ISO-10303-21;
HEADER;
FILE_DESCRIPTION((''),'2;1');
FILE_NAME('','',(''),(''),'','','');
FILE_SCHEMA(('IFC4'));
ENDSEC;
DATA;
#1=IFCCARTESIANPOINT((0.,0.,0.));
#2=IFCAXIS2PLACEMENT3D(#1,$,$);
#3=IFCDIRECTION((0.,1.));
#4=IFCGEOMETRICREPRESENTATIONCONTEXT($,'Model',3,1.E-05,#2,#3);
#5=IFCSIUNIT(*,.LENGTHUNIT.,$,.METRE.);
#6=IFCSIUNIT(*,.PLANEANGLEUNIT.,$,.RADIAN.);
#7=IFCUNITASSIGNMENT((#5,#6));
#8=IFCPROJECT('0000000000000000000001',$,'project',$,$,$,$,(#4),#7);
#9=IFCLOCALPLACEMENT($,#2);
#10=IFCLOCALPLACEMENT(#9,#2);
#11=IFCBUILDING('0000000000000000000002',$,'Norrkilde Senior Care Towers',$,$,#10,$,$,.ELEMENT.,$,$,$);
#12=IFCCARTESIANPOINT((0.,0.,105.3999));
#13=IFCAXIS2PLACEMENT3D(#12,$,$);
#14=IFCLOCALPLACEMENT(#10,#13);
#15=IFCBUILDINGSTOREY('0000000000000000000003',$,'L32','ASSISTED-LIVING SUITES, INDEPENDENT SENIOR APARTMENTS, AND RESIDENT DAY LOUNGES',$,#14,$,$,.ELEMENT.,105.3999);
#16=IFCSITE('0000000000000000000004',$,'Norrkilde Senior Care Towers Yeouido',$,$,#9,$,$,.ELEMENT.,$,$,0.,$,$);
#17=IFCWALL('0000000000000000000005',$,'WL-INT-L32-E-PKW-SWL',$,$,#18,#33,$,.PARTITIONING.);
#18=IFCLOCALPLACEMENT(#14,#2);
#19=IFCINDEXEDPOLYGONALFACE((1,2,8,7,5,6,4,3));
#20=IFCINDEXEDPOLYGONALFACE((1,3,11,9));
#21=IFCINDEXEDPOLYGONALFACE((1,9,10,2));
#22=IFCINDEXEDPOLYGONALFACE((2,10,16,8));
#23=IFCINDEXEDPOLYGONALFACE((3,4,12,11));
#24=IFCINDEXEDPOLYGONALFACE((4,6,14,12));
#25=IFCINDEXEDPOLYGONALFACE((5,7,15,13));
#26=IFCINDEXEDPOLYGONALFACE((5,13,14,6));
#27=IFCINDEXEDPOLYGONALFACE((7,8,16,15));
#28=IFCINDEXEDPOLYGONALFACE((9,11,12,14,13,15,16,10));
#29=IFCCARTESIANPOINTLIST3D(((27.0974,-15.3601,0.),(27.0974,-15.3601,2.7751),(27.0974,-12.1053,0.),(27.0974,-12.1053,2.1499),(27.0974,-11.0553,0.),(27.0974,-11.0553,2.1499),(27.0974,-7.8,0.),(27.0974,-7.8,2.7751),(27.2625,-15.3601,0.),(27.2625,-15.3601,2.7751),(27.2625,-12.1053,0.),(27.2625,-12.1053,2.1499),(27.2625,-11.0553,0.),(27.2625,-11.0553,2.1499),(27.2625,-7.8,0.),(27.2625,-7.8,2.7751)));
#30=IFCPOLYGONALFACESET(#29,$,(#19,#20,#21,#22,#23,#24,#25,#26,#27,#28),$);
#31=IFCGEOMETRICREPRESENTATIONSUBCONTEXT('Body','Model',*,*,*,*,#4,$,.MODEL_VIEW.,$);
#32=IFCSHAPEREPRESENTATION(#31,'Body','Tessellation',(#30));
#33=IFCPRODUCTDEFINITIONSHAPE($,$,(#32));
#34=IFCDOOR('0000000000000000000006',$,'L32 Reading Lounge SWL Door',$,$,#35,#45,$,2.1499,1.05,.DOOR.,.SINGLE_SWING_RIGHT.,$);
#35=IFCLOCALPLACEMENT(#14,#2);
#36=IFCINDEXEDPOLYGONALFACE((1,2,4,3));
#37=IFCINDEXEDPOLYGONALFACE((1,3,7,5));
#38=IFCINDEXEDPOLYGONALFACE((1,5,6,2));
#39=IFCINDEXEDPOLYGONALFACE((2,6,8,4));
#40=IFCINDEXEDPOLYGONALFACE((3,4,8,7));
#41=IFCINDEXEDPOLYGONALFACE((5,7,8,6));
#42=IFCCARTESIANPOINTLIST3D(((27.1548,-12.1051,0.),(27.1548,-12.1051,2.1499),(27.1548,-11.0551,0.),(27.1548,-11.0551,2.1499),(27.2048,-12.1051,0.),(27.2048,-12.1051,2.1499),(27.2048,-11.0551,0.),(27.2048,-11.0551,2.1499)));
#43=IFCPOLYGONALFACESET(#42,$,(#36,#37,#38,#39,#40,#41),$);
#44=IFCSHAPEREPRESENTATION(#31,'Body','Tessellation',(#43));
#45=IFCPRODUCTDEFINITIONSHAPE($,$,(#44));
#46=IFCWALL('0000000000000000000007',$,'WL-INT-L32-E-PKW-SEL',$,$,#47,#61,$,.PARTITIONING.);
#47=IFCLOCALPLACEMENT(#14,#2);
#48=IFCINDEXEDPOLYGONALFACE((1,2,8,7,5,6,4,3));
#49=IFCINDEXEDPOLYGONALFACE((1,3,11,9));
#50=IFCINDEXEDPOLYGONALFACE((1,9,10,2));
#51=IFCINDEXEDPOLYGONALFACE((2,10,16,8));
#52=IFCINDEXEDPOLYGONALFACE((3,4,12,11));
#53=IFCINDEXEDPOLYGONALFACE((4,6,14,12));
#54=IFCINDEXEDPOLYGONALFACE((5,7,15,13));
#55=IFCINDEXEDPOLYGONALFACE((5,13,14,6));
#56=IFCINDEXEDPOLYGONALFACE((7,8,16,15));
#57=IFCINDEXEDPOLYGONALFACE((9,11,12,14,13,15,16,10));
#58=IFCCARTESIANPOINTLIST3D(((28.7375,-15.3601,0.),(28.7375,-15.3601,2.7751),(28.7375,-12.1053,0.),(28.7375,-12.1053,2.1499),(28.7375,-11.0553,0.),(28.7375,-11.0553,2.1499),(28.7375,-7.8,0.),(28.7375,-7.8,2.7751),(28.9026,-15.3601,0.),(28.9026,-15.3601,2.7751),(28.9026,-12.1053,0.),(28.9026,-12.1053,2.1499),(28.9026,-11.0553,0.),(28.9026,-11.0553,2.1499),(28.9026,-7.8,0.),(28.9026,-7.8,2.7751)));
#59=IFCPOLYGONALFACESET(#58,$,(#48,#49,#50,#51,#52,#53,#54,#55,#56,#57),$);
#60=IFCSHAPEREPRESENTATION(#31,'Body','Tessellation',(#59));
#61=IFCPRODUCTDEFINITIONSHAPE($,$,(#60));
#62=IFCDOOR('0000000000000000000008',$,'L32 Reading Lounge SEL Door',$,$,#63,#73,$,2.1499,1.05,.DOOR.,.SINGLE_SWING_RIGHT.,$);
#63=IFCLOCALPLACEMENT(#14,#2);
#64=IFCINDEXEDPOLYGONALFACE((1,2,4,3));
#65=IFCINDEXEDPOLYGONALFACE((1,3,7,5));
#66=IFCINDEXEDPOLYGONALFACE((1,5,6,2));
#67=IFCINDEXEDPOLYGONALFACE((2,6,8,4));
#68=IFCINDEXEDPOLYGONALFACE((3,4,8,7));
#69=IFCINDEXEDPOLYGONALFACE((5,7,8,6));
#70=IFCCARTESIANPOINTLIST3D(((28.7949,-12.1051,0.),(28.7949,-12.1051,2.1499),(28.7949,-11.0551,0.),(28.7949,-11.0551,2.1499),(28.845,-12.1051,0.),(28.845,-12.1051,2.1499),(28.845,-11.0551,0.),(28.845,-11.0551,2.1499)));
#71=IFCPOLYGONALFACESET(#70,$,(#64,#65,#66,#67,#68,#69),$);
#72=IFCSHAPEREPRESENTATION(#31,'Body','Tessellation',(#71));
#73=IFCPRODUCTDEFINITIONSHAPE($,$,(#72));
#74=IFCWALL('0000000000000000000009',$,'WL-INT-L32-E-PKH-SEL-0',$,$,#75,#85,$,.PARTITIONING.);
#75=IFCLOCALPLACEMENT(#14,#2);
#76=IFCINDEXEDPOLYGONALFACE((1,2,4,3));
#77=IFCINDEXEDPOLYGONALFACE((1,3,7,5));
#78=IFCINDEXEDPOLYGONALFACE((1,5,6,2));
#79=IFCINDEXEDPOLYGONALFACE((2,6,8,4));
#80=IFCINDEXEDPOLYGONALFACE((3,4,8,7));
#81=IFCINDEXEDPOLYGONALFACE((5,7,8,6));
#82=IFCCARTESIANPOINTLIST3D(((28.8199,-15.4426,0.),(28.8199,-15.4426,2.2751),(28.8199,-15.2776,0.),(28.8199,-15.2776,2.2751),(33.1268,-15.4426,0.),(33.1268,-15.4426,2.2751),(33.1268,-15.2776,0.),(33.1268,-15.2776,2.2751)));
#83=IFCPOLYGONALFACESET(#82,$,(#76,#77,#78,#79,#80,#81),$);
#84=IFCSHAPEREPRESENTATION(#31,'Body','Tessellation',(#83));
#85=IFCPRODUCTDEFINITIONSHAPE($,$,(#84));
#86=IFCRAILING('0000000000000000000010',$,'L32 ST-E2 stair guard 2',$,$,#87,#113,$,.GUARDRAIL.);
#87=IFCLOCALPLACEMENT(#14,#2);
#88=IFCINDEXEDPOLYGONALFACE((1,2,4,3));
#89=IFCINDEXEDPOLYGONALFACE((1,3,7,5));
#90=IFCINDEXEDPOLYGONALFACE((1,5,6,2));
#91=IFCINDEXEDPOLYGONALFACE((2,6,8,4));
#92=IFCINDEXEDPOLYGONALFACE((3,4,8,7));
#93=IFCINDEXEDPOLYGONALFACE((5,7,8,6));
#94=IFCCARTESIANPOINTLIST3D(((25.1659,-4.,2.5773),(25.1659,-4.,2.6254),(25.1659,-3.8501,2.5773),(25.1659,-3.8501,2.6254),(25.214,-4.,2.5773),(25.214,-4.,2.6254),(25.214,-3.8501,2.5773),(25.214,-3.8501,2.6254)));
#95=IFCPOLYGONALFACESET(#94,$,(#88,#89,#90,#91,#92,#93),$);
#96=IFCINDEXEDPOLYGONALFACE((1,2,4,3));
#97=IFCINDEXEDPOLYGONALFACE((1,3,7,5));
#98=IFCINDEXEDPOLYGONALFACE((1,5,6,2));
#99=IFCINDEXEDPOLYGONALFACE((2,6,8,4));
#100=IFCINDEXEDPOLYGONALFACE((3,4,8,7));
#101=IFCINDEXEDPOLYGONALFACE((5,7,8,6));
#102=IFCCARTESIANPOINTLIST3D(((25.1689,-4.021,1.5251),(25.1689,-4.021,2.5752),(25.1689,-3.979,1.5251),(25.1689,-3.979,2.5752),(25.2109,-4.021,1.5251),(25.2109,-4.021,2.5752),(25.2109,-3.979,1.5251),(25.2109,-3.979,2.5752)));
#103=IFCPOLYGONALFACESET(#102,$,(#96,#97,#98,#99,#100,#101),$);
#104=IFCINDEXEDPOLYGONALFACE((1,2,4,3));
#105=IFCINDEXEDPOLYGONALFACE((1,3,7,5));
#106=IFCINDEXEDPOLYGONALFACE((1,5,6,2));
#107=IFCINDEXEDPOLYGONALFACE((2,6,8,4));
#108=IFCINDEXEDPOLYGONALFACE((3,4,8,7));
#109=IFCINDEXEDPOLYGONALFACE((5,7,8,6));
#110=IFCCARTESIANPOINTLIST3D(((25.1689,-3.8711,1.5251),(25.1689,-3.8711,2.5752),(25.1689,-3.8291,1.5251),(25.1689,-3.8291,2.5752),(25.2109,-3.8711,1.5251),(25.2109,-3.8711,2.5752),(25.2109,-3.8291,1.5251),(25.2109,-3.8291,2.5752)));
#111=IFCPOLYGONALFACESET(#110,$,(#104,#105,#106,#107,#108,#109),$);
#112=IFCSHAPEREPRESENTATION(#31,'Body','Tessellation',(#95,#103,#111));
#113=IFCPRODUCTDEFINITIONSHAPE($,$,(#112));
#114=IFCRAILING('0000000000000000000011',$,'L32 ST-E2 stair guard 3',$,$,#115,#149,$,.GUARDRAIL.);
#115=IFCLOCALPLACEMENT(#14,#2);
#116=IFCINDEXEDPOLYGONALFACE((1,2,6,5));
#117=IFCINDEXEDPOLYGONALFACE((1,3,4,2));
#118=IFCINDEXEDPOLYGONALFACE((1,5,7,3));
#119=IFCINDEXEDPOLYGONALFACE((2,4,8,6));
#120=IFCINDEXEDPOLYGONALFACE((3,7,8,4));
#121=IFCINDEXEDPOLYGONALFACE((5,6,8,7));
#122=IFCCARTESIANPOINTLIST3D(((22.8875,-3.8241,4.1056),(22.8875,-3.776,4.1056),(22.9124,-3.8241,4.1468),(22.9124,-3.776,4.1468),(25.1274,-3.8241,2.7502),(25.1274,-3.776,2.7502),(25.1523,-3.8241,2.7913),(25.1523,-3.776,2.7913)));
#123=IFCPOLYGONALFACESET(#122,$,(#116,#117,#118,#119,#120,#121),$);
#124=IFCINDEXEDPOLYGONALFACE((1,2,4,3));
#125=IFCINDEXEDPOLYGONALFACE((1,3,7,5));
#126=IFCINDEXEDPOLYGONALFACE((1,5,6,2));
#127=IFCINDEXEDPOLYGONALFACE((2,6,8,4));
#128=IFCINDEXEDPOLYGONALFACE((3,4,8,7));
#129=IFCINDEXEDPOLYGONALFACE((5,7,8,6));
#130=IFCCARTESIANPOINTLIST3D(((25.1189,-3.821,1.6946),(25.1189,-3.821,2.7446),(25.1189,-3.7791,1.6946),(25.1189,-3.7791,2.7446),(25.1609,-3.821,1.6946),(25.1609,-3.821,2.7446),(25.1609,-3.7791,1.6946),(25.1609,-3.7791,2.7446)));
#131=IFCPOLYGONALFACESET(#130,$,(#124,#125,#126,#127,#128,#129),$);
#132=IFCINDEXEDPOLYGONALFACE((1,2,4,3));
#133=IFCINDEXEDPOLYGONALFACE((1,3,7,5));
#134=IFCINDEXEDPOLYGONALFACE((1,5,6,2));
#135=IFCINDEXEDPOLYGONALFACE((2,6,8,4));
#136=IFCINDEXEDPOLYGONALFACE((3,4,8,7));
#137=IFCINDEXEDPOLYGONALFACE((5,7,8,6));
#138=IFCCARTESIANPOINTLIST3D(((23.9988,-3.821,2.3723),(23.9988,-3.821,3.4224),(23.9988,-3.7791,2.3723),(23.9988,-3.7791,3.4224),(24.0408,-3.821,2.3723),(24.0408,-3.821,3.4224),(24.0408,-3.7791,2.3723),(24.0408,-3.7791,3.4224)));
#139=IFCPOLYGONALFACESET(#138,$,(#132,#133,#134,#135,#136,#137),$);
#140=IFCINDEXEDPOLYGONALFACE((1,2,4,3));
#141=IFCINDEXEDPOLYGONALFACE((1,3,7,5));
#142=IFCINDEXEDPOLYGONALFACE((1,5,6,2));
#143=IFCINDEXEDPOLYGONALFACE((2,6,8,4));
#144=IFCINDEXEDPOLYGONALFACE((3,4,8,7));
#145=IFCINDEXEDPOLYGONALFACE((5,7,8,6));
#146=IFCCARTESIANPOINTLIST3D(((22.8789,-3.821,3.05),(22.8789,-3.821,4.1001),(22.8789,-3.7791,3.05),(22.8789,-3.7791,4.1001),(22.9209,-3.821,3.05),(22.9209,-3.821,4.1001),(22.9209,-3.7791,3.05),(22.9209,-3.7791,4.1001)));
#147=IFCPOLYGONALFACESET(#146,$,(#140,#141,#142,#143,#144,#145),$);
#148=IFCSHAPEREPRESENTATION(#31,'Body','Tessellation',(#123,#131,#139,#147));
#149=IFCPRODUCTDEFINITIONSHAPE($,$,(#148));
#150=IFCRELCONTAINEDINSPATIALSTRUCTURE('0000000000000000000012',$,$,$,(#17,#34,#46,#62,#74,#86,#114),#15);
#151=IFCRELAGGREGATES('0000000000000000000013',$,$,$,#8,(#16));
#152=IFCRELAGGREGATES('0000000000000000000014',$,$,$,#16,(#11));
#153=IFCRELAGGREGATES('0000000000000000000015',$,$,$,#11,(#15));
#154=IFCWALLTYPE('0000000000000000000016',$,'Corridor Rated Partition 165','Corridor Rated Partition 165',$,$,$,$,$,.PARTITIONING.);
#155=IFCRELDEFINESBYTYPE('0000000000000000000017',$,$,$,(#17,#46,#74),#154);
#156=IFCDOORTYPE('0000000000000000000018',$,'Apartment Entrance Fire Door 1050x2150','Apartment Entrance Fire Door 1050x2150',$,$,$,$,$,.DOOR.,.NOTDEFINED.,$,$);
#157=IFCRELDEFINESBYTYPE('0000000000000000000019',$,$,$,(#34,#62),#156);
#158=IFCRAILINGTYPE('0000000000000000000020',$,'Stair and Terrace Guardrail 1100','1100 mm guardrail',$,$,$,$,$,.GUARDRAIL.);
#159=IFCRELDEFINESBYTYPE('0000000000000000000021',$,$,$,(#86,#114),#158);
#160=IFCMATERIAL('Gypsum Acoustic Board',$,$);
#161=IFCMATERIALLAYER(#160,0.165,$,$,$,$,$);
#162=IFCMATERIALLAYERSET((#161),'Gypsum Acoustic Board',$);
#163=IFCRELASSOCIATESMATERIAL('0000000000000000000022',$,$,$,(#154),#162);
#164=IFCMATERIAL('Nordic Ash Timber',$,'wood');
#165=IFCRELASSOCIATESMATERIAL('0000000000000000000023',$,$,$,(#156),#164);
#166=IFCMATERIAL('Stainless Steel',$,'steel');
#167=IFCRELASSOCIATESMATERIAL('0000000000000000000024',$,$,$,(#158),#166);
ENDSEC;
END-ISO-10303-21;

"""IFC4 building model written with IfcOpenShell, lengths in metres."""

from ifc_helpers import new_model, si_unit, direction, frame, frame_2d, origin, origin_2d, place, context, subcontext, project, spatial, rectangle, extrude, source, transform, mapped, material, layer, layer_set, type_object, type_shapes, element, fill, save


model = new_model("IFC4")

# Units and contexts
model_context = context("Model", 3, precision=1e-05, world=origin(), true_north=direction((0.0, 1.0)))
body_context = subcontext(model_context, "Body", "Model", "MODEL_VIEW")
ifc_project = project(units=[si_unit("LENGTHUNIT", "METRE"), si_unit("PLANEANGLEUNIT", "RADIAN")], contexts=[model_context])

# Site, building, storey
site_placement = place(None, origin())
site = spatial("IfcSite", under=ifc_project, at=site_placement, Name="Norrkilde Senior Care Towers Yeouido", CompositionType="ELEMENT", RefElevation=0.0)
building_placement = place(site_placement, origin())
building = spatial("IfcBuilding", under=site, at=building_placement, Name="Norrkilde Senior Care Towers", CompositionType="ELEMENT")
storey_placement = place(building_placement, frame((0.0, 0.0, 105.3999)))
storey = spatial("IfcBuildingStorey", under=building, at=storey_placement, Name="L32", Description="ASSISTED-LIVING SUITES, INDEPENDENT SENIOR APARTMENTS, AND RESIDENT DAY LOUNGES", CompositionType="ELEMENT", Elevation=105.3999)

# Shared definitions
ifc_material_1 = material(Name="Gypsum Acoustic Board")

# Shared definitions
ifc_layer_1 = layer(ifc_material_1, 0.165)
ifc_layer_set_1 = layer_set([ifc_layer_1], Name="Gypsum Acoustic Board")
wall_type_1 = type_object("IfcWallType", Name="Corridor Rated Partition 165", Description="Corridor Rated Partition 165", PredefinedType="PARTITIONING", material=ifc_layer_set_1)
ifc_material_2 = material(Name="Nordic Ash Timber", Category="wood")
door_type = type_object("IfcDoorType", Name="Apartment Entrance Fire Door 1050x2150", Description="Apartment Entrance Fire Door 1050x2150", OperationType="NOTDEFINED", PredefinedType="DOOR", material=ifc_material_2)
shared_shape_1 = source(origin(), body_context, "Body", "SweptSolid", [
    extrude(rectangle(XDim=1.05, YDim=2.1499, at=frame_2d((0.5249, 1.075))), frame((0.0, 0.0249, 0.0), z_axis=(0.0, -1.0, 0.0), x_axis=(1.0, 0.0, 0.0)), (0.0, 0.0, 1.0), 0.05),
])
type_shapes(door_type, [shared_shape_1])

# Walls, openings, doors
shared_shape_2 = source(origin(), body_context, "Body", "SweptSolid", [
    extrude(rectangle(XDim=7.5601, YDim=0.165, at=frame_2d((3.78, 0.0))), origin(), (0.0, 0.0, 1.0), 2.7751),
])
wall_1_placement = place(storey_placement, frame((27.1799, -15.3601, 0.0), z_axis=(0.0, 0.0, 1.0), x_axis=(0.0, 1.0, 0.0)))
wall_1 = element("IfcWall", 1, at=wall_1_placement, inside=storey, type_object=wall_type_1, Name="WL-INT-L32-E-PKW-SWL", PredefinedType="PARTITIONING", context=body_context, shape_type="MappedRepresentation", body=[
    mapped(shared_shape_2, transform((0.0, 0.0, 0.0), x_axis=(1.0, 0.0, 0.0), y_axis=(0.0, 1.0, 0.0), z_axis=(0.0, 0.0, 1.0), scale=1.0)),
])
opening_1_placement = place(wall_1_placement, frame((3.2549, 0.0, 0.0)))
opening_1 = element("IfcOpeningElement", 2, at=opening_1_placement, cuts=wall_1, PredefinedType="OPENING", context=body_context, shape_type="SweptSolid", body=[
    extrude(rectangle(XDim=1.05, YDim=2.1499, at=frame_2d((0.5249, 1.075))), frame((0.0, 0.0925, 0.0), z_axis=(0.0, -1.0, 0.0), x_axis=(1.0, 0.0, 0.0)), (0.0, 0.0, 1.0), 0.1851),
])
door_1_placement = place(opening_1_placement, frame((1.05, 0.0, 0.0), z_axis=(0.0, 0.0, 1.0), x_axis=(-1.0, 0.0, 0.0)))
door_1 = element("IfcDoor", 3, at=door_1_placement, inside=storey, type_object=door_type, Name="L32 Reading Lounge SWL Door", OperationType="SINGLE_SWING_RIGHT", OverallHeight=2.1499, OverallWidth=1.05, PredefinedType="DOOR", context=body_context, shape_type="MappedRepresentation", body=[
    mapped(shared_shape_1, transform((0.0, 0.0, 0.0), x_axis=(1.0, 0.0, 0.0), y_axis=(0.0, 1.0, 0.0), z_axis=(0.0, 0.0, 1.0), scale=1.0)),
])
fill(opening_1, door_1)
wall_2_placement = place(storey_placement, frame((28.8201, -15.3601, 0.0), z_axis=(0.0, 0.0, 1.0), x_axis=(0.0, 1.0, 0.0)))
wall_2 = element("IfcWall", 4, at=wall_2_placement, inside=storey, type_object=wall_type_1, Name="WL-INT-L32-E-PKW-SEL", PredefinedType="PARTITIONING", context=body_context, shape_type="MappedRepresentation", body=[
    mapped(shared_shape_2, transform((0.0, 0.0, 0.0), x_axis=(1.0, 0.0, 0.0), y_axis=(0.0, 1.0, 0.0), z_axis=(0.0, 0.0, 1.0), scale=1.0)),
])
opening_2_placement = place(wall_2_placement, frame((3.2549, 0.0, 0.0)))
opening_2 = element("IfcOpeningElement", 5, at=opening_2_placement, cuts=wall_2, PredefinedType="OPENING", context=body_context, shape_type="SweptSolid", body=[
    extrude(rectangle(XDim=1.05, YDim=2.1499, at=frame_2d((0.5249, 1.075))), frame((0.0, 0.0925, 0.0), z_axis=(0.0, -1.0, 0.0), x_axis=(1.0, 0.0, 0.0)), (0.0, 0.0, 1.0), 0.1851),
])
door_2_placement = place(opening_2_placement, frame((1.05, 0.0, 0.0), z_axis=(0.0, 0.0, 1.0), x_axis=(-1.0, 0.0, 0.0)))
door_2 = element("IfcDoor", 6, at=door_2_placement, inside=storey, type_object=door_type, Name="L32 Reading Lounge SEL Door", OperationType="SINGLE_SWING_RIGHT", OverallHeight=2.1499, OverallWidth=1.05, PredefinedType="DOOR", context=body_context, shape_type="MappedRepresentation", body=[
    mapped(shared_shape_1, transform((0.0, 0.0, 0.0), x_axis=(1.0, 0.0, 0.0), y_axis=(0.0, 1.0, 0.0), z_axis=(0.0, 0.0, 1.0), scale=1.0)),
])
fill(opening_2, door_2)

# Wall
shared_shape_3 = source(origin(), body_context, "Body", "SweptSolid", [
    extrude(rectangle(XDim=4.3069, YDim=0.165, at=frame_2d((2.1533, 0.0))), origin(), (0.0, 0.0, 1.0), 2.2751),
])
wall_3_placement = place(storey_placement, frame((28.8201, -15.3601, 0.0), z_axis=(0.0, 0.0, 1.0), x_axis=(1.0, 0.0, 0.0)))
element("IfcWall", 7, at=wall_3_placement, inside=storey, type_object=wall_type_1, Name="WL-INT-L32-E-PKH-SEL-0", PredefinedType="PARTITIONING", context=body_context, shape_type="MappedRepresentation", body=[
    mapped(shared_shape_3, transform((0.0, 0.0, 0.0), x_axis=(1.0, 0.0, 0.0), y_axis=(0.0, 1.0, 0.0), z_axis=(0.0, 0.0, 1.0), scale=1.0)),
])

# Railings
ifc_material_3 = material(Name="Stainless Steel", Category="steel")
railing_type = type_object("IfcRailingType", Name="Stair and Terrace Guardrail 1100", Description="1100 mm guardrail", PredefinedType="GUARDRAIL", material=ifc_material_3)
railing_1_placement = place(storey_placement, frame((25.1899, -4.0, 1.5251)))
element("IfcRailing", 8, at=railing_1_placement, inside=storey, type_object=railing_type, Name="L32 ST-E2 stair guard 2", PredefinedType="GUARDRAIL", context=body_context, shape_type="SweptSolid", body=[
    extrude(rectangle(XDim=0.0481, YDim=0.0481, at=origin_2d()), frame((0.0, 0.0, 1.0762), z_axis=(0.0, 1.0, 0.0), x_axis=(-1.0, 0.0, 0.0)), (0.0, 0.0, 1.0), 0.1499),
    extrude(rectangle(XDim=0.042, YDim=0.042, at=origin_2d()), origin(), (0.0, 0.0, 1.0), 1.05),
    extrude(rectangle(XDim=0.042, YDim=0.042, at=origin_2d()), frame((0.0, 0.1499, 0.0)), (0.0, 0.0, 1.0), 1.05),
])
railing_2_placement = place(storey_placement, frame((25.1399, -3.8, 1.6946)))
element("IfcRailing", 9, at=railing_2_placement, inside=storey, type_object=railing_type, Name="L32 ST-E2 stair guard 3", PredefinedType="GUARDRAIL", context=body_context, shape_type="SweptSolid", body=[
    extrude(rectangle(XDim=0.0481, YDim=0.0481, at=origin_2d()), frame((0.0, 0.0, 1.0762), z_axis=(-0.855553, 0.0, 0.517715), x_axis=(0.0, -1.0, 0.0)), (0.0, 0.0, 1.0), 2.6182),
    extrude(rectangle(XDim=0.042, YDim=0.042, at=origin_2d()), origin(), (0.0, 0.0, 1.0), 1.05),
    extrude(rectangle(XDim=0.042, YDim=0.042, at=origin_2d()), frame((-1.1201, 0.0, 0.6777)), (0.0, 0.0, 1.0), 1.05),
    extrude(rectangle(XDim=0.042, YDim=0.042, at=origin_2d()), frame((-2.24, 0.0, 1.3555)), (0.0, 0.0, 1.0), 1.05),
])

save(model, "model.ifc")
